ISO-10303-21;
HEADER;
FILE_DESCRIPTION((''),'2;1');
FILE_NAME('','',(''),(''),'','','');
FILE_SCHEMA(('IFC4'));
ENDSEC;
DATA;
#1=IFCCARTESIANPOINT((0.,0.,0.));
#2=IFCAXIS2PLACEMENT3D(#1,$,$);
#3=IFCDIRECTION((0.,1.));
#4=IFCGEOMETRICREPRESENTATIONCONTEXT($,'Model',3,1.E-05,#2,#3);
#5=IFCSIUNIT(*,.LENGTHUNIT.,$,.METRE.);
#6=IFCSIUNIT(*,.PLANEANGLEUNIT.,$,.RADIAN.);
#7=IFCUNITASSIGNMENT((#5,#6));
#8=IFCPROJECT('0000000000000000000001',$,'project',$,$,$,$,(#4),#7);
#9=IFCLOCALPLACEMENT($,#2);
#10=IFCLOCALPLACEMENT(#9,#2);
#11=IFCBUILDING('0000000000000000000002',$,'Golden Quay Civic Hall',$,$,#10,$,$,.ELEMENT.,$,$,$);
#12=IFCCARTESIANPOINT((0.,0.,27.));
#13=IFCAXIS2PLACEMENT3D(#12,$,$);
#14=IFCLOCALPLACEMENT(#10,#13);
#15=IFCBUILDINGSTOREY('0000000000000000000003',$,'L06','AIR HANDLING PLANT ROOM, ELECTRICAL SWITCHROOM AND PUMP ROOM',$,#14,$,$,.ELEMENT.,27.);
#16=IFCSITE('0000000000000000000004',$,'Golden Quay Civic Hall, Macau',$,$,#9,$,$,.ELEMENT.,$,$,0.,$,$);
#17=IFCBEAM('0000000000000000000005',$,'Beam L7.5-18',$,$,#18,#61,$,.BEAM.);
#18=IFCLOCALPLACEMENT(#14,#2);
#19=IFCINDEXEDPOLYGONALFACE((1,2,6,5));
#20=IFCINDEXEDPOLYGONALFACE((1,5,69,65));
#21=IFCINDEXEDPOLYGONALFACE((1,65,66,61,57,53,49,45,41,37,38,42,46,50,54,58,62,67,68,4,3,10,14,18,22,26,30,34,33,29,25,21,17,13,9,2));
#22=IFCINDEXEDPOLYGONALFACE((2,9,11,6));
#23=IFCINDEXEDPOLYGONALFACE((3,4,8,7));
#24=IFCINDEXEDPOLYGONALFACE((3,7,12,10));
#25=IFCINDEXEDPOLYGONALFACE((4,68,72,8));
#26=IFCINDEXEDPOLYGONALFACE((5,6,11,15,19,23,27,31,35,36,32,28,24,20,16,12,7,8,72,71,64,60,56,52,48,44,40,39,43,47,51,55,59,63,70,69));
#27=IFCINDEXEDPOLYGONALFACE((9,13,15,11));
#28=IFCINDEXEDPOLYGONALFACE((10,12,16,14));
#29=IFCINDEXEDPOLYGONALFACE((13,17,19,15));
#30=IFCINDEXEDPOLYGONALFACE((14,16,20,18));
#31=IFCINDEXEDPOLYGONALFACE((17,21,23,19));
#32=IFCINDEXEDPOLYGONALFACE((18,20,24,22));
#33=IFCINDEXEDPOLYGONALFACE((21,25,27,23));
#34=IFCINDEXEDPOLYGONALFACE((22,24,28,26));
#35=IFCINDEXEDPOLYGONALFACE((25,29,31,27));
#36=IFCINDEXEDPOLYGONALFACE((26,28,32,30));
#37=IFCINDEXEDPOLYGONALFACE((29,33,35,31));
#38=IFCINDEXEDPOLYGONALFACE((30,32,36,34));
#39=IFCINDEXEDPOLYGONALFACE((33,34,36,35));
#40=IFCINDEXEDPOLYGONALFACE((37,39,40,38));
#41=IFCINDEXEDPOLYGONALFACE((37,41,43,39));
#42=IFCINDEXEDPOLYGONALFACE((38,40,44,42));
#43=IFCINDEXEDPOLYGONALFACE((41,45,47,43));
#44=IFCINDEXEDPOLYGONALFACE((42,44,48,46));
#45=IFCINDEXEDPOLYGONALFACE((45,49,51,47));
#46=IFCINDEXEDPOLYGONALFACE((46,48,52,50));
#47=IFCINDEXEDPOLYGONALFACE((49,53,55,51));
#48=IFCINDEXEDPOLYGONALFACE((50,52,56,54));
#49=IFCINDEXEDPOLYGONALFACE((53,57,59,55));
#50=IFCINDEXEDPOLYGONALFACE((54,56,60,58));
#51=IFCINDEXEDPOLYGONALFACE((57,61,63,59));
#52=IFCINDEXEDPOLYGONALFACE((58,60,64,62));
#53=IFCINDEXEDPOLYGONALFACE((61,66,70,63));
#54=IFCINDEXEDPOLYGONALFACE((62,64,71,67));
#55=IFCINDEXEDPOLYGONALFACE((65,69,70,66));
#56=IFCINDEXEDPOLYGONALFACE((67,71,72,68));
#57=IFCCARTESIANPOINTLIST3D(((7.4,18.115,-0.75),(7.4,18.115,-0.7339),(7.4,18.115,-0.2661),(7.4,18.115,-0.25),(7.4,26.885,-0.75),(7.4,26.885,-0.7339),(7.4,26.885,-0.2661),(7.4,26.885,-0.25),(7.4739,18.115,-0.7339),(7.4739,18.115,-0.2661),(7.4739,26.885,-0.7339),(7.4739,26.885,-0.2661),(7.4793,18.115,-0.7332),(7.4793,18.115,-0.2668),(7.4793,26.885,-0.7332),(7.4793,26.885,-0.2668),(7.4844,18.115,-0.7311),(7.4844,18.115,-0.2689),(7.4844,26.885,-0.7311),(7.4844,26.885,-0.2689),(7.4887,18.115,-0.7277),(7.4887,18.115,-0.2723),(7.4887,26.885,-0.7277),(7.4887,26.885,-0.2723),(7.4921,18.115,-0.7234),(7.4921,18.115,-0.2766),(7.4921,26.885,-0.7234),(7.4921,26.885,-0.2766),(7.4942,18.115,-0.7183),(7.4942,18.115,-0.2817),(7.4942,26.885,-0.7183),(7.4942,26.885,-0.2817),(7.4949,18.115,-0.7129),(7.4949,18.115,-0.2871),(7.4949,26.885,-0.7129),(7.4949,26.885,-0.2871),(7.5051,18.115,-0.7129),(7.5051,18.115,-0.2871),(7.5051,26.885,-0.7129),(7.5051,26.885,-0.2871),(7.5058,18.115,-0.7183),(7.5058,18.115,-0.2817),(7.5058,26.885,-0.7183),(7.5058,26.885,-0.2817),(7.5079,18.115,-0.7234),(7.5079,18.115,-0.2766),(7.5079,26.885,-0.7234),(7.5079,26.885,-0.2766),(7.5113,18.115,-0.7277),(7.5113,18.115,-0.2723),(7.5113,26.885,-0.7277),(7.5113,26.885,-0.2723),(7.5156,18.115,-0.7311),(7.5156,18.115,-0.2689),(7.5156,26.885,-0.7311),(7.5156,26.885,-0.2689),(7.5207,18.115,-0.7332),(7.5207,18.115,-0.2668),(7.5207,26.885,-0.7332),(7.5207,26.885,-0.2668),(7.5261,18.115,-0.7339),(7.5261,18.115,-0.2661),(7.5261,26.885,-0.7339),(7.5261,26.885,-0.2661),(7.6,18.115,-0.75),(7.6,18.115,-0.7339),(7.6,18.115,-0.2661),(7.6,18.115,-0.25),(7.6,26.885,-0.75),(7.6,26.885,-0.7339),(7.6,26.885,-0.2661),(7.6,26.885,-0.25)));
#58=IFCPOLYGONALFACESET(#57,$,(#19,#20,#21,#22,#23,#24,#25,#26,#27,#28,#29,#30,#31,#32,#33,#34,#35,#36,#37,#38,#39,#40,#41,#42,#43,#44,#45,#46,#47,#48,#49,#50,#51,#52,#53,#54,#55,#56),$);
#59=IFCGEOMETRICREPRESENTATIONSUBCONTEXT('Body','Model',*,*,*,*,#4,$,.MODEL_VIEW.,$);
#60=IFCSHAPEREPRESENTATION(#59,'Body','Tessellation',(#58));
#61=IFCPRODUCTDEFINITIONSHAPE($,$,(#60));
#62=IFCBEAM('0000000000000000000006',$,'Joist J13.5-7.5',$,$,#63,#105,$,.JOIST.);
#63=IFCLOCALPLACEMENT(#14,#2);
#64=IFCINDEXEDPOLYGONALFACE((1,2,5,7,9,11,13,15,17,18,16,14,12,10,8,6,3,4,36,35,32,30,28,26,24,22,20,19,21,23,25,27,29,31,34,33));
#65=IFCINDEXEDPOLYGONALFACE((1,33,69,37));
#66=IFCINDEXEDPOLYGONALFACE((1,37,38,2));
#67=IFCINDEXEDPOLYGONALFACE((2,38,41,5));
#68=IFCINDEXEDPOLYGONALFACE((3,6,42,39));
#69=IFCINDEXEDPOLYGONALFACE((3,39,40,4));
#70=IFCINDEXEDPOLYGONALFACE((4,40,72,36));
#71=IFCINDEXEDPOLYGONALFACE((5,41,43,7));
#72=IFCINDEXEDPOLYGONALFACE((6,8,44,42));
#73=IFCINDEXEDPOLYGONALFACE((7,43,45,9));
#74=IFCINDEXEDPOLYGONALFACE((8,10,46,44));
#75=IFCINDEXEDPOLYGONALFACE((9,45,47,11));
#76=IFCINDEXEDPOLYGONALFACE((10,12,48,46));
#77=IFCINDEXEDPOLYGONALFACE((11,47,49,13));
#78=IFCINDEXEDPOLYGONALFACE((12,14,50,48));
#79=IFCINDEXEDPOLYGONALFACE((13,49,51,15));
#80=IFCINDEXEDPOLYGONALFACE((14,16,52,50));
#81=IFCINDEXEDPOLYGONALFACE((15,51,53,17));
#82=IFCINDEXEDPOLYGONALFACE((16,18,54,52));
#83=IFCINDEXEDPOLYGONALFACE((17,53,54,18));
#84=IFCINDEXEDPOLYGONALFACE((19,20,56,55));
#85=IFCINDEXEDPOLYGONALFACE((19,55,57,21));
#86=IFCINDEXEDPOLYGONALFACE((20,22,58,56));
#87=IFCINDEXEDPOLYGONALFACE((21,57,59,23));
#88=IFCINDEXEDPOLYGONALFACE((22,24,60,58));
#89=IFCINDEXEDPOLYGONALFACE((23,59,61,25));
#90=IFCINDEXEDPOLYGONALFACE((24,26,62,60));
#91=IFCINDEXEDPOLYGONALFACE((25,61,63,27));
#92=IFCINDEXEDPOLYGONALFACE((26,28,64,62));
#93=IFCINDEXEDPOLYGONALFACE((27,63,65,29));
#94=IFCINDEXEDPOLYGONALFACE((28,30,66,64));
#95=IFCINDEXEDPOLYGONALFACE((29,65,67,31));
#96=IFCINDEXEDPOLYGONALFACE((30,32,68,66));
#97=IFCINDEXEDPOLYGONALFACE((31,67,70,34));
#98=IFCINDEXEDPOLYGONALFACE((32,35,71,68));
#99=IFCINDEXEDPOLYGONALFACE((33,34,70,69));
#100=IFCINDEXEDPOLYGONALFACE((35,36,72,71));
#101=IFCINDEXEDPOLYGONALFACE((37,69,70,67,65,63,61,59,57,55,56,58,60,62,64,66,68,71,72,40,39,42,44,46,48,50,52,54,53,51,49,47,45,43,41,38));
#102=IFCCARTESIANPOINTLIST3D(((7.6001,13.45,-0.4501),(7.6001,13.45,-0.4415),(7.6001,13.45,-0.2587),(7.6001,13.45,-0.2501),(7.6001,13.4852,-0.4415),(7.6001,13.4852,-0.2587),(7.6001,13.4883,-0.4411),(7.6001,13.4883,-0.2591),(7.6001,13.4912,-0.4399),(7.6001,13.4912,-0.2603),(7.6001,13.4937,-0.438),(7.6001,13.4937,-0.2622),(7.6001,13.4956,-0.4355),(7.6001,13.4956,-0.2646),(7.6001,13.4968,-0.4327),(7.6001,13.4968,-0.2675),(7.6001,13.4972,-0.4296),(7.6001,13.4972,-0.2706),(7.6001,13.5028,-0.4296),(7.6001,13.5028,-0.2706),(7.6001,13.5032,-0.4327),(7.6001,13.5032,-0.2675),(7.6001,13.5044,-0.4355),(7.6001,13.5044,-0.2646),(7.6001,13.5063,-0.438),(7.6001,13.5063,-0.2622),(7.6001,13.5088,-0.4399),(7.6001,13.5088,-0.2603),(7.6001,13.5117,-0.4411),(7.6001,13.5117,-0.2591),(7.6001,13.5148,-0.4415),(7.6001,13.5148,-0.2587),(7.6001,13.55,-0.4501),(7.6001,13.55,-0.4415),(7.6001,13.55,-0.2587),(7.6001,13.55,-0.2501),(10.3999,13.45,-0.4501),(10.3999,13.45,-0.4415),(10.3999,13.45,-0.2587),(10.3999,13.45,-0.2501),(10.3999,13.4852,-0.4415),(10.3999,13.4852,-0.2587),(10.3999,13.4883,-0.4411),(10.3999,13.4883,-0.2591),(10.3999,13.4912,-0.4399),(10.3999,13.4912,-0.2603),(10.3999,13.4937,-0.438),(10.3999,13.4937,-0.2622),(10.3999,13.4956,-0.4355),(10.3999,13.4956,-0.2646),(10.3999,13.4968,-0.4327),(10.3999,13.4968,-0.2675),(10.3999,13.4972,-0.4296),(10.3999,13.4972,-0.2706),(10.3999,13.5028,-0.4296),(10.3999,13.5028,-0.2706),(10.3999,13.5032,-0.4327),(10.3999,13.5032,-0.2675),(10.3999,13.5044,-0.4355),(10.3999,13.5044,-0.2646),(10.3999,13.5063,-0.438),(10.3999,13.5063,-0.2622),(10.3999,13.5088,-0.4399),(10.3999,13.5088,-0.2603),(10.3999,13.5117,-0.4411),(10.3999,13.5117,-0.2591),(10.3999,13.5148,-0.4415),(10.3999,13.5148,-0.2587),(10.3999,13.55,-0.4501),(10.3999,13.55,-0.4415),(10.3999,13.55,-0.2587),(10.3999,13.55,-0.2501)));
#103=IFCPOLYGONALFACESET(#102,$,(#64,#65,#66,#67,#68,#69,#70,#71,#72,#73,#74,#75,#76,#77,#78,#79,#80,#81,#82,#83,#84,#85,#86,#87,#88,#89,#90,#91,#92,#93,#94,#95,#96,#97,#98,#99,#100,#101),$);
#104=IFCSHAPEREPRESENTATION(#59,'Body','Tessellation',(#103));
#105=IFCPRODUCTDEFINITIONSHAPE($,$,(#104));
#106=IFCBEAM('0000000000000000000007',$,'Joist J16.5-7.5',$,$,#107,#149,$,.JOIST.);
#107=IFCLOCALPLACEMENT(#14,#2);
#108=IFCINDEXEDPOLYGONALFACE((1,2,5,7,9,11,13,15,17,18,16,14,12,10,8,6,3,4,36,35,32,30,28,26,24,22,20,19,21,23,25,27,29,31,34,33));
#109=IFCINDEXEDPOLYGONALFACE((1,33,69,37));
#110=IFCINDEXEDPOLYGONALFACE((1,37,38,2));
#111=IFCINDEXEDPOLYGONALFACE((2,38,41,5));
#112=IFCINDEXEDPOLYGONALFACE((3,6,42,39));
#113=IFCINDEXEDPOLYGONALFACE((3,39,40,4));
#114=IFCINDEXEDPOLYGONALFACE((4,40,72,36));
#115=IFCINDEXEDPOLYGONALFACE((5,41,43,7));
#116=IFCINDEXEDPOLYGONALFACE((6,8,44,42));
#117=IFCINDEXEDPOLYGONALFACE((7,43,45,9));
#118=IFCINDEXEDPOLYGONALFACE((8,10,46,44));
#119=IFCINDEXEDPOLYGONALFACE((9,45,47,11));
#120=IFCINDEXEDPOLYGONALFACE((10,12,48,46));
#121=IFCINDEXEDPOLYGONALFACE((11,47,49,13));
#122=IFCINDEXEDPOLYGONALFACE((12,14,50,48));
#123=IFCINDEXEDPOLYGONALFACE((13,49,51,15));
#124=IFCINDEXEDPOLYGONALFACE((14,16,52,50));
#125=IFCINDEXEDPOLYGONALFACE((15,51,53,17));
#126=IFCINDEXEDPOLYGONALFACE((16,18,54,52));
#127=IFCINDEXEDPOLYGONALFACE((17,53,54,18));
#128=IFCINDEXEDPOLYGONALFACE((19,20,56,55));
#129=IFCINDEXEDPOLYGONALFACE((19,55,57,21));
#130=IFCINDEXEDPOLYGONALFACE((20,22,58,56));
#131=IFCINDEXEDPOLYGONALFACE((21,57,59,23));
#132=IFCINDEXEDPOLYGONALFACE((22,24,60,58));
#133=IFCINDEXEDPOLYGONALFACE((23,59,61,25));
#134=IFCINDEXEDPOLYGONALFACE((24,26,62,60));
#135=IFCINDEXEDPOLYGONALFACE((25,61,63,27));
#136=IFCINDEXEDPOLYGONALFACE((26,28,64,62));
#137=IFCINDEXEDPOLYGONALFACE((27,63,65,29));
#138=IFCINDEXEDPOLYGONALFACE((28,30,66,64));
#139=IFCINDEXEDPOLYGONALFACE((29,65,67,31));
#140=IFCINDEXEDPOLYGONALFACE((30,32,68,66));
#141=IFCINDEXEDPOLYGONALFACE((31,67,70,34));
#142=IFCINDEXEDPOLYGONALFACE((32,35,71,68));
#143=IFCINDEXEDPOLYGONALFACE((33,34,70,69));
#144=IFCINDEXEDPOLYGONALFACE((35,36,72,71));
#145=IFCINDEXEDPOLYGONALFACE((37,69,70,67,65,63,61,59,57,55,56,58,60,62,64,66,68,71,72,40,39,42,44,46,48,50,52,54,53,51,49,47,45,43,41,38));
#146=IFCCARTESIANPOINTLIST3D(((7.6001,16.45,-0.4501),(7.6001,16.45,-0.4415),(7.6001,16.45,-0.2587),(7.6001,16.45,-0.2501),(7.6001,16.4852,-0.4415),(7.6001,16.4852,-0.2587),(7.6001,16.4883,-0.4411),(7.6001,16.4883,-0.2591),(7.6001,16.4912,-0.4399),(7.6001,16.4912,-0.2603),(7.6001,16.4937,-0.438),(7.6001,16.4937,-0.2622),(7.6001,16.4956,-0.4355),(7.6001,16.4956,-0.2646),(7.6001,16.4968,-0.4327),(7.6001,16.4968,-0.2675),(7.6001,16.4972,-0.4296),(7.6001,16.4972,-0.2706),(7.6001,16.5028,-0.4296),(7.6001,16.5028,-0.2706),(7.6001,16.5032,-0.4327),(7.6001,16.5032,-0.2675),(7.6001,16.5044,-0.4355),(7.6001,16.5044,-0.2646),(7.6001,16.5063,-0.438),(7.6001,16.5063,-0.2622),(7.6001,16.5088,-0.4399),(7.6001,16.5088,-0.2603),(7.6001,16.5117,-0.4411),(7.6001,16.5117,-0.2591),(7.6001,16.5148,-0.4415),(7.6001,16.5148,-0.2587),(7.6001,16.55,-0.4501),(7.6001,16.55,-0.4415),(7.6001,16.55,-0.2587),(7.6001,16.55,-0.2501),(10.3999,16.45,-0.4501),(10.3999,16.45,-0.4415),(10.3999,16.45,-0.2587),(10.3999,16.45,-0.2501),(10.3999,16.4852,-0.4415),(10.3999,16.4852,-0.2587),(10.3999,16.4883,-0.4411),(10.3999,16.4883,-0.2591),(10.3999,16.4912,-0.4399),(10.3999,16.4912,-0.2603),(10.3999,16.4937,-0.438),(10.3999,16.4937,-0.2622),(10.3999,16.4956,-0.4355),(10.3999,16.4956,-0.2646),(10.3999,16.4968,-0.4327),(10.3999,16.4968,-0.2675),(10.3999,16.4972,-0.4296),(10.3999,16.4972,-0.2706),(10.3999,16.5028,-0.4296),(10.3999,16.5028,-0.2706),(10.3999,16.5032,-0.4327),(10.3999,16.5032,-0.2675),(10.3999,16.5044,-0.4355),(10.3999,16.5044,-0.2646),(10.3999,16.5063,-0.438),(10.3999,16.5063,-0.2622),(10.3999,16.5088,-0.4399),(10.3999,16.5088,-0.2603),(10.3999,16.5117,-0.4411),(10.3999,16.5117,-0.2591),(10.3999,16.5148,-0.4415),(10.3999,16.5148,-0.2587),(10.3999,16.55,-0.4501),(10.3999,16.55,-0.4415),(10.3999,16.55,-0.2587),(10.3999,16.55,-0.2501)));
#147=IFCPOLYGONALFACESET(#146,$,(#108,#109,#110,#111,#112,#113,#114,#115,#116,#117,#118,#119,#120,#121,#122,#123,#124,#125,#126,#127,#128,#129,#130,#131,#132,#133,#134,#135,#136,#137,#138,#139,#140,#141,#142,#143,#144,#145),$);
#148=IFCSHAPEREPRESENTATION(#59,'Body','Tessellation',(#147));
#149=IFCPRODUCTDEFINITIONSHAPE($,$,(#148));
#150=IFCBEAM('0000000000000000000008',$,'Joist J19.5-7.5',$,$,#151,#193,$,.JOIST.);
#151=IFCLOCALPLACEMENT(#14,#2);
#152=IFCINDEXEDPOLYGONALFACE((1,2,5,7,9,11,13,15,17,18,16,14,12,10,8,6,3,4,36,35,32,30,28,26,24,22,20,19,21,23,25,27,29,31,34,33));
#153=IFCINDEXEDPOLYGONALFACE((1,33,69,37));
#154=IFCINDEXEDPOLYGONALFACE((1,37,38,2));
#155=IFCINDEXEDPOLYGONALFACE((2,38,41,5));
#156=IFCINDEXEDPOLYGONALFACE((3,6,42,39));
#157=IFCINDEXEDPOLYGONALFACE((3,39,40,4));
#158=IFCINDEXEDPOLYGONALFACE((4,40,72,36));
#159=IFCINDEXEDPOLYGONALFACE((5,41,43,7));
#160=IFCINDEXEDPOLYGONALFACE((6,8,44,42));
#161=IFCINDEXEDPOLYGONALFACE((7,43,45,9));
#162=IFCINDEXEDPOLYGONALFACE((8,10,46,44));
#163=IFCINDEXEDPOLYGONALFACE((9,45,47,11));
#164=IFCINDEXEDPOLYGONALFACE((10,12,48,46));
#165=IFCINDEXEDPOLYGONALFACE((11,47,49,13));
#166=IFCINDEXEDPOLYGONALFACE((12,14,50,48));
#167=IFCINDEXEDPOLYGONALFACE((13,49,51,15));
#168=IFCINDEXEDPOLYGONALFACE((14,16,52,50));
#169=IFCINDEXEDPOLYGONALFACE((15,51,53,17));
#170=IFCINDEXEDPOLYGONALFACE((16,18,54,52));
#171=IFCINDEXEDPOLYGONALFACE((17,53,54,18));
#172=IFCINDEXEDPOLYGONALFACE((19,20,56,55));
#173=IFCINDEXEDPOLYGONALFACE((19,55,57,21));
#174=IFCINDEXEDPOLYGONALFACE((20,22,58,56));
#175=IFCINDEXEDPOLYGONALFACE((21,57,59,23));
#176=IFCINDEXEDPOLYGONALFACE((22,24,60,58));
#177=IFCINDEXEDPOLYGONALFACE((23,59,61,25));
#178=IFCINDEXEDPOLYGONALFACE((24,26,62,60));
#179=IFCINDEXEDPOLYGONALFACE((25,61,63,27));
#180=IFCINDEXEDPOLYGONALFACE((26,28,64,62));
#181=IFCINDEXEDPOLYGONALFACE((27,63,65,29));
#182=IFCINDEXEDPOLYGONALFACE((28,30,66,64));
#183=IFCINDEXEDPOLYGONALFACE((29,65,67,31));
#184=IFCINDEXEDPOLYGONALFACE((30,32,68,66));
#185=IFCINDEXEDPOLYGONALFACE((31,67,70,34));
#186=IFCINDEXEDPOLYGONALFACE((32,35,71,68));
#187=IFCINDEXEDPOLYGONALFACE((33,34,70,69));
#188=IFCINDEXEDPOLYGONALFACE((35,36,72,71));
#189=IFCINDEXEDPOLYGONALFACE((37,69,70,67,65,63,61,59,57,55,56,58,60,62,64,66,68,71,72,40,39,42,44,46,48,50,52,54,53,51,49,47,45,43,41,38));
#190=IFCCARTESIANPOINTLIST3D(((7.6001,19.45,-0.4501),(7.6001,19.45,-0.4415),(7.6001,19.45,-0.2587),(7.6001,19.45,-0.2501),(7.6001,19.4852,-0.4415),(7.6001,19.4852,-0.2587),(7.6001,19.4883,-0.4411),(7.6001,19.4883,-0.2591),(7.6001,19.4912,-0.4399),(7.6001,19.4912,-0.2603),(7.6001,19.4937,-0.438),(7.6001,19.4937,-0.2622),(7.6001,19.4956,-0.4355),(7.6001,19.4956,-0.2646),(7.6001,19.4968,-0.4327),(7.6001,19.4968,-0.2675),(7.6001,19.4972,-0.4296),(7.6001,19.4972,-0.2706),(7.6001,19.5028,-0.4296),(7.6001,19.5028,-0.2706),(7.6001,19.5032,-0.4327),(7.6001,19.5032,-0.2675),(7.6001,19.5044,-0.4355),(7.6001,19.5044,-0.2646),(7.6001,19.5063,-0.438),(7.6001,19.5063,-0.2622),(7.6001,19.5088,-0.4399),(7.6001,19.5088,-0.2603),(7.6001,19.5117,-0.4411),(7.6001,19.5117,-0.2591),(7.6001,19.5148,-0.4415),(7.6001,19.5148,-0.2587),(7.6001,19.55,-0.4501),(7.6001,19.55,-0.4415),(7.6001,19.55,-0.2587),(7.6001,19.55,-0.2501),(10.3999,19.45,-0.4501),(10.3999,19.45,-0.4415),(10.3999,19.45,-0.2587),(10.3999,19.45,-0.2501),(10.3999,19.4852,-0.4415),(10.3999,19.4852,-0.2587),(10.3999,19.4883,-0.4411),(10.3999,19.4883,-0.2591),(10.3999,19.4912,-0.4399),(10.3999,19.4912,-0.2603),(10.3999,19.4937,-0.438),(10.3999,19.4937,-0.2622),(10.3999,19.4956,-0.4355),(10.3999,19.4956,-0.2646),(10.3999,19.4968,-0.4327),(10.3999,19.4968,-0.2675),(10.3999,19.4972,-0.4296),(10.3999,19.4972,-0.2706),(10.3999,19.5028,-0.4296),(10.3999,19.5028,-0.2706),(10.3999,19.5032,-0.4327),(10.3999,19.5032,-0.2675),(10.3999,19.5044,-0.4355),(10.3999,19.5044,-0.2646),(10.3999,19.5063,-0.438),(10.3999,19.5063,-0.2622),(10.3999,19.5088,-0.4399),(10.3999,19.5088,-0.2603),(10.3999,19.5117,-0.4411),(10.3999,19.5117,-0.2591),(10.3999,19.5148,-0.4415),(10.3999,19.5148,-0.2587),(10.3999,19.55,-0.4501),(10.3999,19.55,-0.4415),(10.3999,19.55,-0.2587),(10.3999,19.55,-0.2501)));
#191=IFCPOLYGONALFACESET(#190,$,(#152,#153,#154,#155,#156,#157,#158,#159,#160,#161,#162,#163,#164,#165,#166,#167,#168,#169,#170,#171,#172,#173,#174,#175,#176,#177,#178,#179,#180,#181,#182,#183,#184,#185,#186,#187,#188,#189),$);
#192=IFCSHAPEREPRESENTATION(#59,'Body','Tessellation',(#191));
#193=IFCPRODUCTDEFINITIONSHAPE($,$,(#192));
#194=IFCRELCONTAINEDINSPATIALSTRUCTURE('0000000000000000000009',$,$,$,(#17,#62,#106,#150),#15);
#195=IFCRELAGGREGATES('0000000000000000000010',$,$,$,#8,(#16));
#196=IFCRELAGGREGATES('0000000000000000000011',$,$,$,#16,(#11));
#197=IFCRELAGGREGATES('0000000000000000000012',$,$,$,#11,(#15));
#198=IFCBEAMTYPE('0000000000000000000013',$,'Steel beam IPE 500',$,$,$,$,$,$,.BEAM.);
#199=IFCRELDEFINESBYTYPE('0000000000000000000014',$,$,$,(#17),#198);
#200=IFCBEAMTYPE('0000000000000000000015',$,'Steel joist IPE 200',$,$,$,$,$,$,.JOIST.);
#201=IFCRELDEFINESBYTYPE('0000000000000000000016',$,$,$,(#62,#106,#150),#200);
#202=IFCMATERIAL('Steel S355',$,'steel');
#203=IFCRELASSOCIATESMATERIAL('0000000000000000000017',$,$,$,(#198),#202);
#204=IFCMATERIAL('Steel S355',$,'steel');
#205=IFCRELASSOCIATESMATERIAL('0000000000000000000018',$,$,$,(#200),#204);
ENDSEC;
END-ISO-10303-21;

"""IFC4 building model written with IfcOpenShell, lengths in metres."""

from ifc_helpers import new_model, si_unit, direction, frame, origin, origin_2d, place, context, subcontext, project, spatial, i_section, extrude, material, material_profile, profile_set, type_object, element, save


model = new_model("IFC4")

# Units and contexts
model_context = context("Model", 3, precision=1e-05, world=origin(), true_north=direction((0.0, 1.0)))
body_context = subcontext(model_context, "Body", "Model", "MODEL_VIEW")
ifc_project = project(units=[si_unit("LENGTHUNIT", "METRE"), si_unit("PLANEANGLEUNIT", "RADIAN")], contexts=[model_context])

# Site, building, storey
site_placement = place(None, origin())
site = spatial("IfcSite", under=ifc_project, at=site_placement, Name="Golden Quay Civic Hall, Macau", CompositionType="ELEMENT", RefElevation=0.0)
building_placement = place(site_placement, origin())
building = spatial("IfcBuilding", under=site, at=building_placement, Name="Golden Quay Civic Hall", CompositionType="ELEMENT")
storey_placement = place(building_placement, frame((0.0, 0.0, 27.0)))
storey = spatial("IfcBuildingStorey", under=building, at=storey_placement, Name="L06", Description="AIR HANDLING PLANT ROOM, ELECTRICAL SWITCHROOM AND PUMP ROOM", CompositionType="ELEMENT", Elevation=27.0)

# Beams
ifc_material_1 = material(Name="Steel S355", Category="steel")
ifc_material_profile_1 = material_profile(ifc_material_1, i_section(OverallWidth=0.2, OverallDepth=0.5, WebThickness=0.0103, FlangeThickness=0.0161, FilletRadius=0.021, at=origin_2d()), Name="IPE 500")
ifc_profile_set_1 = profile_set([ifc_material_profile_1], Name="Steel S355")
beam_type_1 = type_object("IfcBeamType", Name="Steel beam IPE 500", PredefinedType="BEAM", material=ifc_profile_set_1)
beam_1_placement = place(storey_placement, frame((7.5, 18.115, -0.5), z_axis=(0.0, 1.0, 0.0), x_axis=(-1.0, 0.0, 0.0)))
element("IfcBeam", 1, at=beam_1_placement, inside=storey, type_object=beam_type_1, Name="Beam L7.5-18", PredefinedType="BEAM", context=body_context, shape_type="SweptSolid", body=[
    extrude(i_section(OverallWidth=0.2, OverallDepth=0.5, WebThickness=0.0103, FlangeThickness=0.0161, FilletRadius=0.021, at=origin_2d()), origin(), (0.0, 0.0, 1.0), 8.77),
])
ifc_material_2 = material(Name="Steel S355", Category="steel")
ifc_material_profile_2 = material_profile(ifc_material_2, i_section(OverallWidth=0.1001, OverallDepth=0.2, WebThickness=0.0056, FlangeThickness=0.0085, FilletRadius=0.012, at=origin_2d()), Name="IPE 200")
ifc_profile_set_2 = profile_set([ifc_material_profile_2], Name="Steel S355")
beam_type_2 = type_object("IfcBeamType", Name="Steel joist IPE 200", PredefinedType="JOIST", material=ifc_profile_set_2)
for number, where, z_axis, x_axis, name in (
    (2, (7.6001, 13.5, -0.3501), (1.0, 0.0, 0.0), (0.0, 1.0, 0.0), "Joist J13.5-7.5"),
    (3, (7.6001, 16.5, -0.3501), (1.0, 0.0, 0.0), (0.0, 1.0, 0.0), "Joist J16.5-7.5"),
    (4, (7.6001, 19.5, -0.3501), (1.0, 0.0, 0.0), (0.0, 1.0, 0.0), "Joist J19.5-7.5"),
):
    element("IfcBeam", number, at=place(storey_placement, frame(where, z_axis=z_axis, x_axis=x_axis)), inside=storey, type_object=beam_type_2, Name=name, PredefinedType="JOIST", context=body_context, shape_type="SweptSolid", body=[
        extrude(i_section(OverallWidth=0.1001, OverallDepth=0.2, WebThickness=0.0056, FlangeThickness=0.0085, FilletRadius=0.012, at=origin_2d()), origin(), (0.0, 0.0, 1.0), 2.7998),
    ])

save(model, "model.ifc")
